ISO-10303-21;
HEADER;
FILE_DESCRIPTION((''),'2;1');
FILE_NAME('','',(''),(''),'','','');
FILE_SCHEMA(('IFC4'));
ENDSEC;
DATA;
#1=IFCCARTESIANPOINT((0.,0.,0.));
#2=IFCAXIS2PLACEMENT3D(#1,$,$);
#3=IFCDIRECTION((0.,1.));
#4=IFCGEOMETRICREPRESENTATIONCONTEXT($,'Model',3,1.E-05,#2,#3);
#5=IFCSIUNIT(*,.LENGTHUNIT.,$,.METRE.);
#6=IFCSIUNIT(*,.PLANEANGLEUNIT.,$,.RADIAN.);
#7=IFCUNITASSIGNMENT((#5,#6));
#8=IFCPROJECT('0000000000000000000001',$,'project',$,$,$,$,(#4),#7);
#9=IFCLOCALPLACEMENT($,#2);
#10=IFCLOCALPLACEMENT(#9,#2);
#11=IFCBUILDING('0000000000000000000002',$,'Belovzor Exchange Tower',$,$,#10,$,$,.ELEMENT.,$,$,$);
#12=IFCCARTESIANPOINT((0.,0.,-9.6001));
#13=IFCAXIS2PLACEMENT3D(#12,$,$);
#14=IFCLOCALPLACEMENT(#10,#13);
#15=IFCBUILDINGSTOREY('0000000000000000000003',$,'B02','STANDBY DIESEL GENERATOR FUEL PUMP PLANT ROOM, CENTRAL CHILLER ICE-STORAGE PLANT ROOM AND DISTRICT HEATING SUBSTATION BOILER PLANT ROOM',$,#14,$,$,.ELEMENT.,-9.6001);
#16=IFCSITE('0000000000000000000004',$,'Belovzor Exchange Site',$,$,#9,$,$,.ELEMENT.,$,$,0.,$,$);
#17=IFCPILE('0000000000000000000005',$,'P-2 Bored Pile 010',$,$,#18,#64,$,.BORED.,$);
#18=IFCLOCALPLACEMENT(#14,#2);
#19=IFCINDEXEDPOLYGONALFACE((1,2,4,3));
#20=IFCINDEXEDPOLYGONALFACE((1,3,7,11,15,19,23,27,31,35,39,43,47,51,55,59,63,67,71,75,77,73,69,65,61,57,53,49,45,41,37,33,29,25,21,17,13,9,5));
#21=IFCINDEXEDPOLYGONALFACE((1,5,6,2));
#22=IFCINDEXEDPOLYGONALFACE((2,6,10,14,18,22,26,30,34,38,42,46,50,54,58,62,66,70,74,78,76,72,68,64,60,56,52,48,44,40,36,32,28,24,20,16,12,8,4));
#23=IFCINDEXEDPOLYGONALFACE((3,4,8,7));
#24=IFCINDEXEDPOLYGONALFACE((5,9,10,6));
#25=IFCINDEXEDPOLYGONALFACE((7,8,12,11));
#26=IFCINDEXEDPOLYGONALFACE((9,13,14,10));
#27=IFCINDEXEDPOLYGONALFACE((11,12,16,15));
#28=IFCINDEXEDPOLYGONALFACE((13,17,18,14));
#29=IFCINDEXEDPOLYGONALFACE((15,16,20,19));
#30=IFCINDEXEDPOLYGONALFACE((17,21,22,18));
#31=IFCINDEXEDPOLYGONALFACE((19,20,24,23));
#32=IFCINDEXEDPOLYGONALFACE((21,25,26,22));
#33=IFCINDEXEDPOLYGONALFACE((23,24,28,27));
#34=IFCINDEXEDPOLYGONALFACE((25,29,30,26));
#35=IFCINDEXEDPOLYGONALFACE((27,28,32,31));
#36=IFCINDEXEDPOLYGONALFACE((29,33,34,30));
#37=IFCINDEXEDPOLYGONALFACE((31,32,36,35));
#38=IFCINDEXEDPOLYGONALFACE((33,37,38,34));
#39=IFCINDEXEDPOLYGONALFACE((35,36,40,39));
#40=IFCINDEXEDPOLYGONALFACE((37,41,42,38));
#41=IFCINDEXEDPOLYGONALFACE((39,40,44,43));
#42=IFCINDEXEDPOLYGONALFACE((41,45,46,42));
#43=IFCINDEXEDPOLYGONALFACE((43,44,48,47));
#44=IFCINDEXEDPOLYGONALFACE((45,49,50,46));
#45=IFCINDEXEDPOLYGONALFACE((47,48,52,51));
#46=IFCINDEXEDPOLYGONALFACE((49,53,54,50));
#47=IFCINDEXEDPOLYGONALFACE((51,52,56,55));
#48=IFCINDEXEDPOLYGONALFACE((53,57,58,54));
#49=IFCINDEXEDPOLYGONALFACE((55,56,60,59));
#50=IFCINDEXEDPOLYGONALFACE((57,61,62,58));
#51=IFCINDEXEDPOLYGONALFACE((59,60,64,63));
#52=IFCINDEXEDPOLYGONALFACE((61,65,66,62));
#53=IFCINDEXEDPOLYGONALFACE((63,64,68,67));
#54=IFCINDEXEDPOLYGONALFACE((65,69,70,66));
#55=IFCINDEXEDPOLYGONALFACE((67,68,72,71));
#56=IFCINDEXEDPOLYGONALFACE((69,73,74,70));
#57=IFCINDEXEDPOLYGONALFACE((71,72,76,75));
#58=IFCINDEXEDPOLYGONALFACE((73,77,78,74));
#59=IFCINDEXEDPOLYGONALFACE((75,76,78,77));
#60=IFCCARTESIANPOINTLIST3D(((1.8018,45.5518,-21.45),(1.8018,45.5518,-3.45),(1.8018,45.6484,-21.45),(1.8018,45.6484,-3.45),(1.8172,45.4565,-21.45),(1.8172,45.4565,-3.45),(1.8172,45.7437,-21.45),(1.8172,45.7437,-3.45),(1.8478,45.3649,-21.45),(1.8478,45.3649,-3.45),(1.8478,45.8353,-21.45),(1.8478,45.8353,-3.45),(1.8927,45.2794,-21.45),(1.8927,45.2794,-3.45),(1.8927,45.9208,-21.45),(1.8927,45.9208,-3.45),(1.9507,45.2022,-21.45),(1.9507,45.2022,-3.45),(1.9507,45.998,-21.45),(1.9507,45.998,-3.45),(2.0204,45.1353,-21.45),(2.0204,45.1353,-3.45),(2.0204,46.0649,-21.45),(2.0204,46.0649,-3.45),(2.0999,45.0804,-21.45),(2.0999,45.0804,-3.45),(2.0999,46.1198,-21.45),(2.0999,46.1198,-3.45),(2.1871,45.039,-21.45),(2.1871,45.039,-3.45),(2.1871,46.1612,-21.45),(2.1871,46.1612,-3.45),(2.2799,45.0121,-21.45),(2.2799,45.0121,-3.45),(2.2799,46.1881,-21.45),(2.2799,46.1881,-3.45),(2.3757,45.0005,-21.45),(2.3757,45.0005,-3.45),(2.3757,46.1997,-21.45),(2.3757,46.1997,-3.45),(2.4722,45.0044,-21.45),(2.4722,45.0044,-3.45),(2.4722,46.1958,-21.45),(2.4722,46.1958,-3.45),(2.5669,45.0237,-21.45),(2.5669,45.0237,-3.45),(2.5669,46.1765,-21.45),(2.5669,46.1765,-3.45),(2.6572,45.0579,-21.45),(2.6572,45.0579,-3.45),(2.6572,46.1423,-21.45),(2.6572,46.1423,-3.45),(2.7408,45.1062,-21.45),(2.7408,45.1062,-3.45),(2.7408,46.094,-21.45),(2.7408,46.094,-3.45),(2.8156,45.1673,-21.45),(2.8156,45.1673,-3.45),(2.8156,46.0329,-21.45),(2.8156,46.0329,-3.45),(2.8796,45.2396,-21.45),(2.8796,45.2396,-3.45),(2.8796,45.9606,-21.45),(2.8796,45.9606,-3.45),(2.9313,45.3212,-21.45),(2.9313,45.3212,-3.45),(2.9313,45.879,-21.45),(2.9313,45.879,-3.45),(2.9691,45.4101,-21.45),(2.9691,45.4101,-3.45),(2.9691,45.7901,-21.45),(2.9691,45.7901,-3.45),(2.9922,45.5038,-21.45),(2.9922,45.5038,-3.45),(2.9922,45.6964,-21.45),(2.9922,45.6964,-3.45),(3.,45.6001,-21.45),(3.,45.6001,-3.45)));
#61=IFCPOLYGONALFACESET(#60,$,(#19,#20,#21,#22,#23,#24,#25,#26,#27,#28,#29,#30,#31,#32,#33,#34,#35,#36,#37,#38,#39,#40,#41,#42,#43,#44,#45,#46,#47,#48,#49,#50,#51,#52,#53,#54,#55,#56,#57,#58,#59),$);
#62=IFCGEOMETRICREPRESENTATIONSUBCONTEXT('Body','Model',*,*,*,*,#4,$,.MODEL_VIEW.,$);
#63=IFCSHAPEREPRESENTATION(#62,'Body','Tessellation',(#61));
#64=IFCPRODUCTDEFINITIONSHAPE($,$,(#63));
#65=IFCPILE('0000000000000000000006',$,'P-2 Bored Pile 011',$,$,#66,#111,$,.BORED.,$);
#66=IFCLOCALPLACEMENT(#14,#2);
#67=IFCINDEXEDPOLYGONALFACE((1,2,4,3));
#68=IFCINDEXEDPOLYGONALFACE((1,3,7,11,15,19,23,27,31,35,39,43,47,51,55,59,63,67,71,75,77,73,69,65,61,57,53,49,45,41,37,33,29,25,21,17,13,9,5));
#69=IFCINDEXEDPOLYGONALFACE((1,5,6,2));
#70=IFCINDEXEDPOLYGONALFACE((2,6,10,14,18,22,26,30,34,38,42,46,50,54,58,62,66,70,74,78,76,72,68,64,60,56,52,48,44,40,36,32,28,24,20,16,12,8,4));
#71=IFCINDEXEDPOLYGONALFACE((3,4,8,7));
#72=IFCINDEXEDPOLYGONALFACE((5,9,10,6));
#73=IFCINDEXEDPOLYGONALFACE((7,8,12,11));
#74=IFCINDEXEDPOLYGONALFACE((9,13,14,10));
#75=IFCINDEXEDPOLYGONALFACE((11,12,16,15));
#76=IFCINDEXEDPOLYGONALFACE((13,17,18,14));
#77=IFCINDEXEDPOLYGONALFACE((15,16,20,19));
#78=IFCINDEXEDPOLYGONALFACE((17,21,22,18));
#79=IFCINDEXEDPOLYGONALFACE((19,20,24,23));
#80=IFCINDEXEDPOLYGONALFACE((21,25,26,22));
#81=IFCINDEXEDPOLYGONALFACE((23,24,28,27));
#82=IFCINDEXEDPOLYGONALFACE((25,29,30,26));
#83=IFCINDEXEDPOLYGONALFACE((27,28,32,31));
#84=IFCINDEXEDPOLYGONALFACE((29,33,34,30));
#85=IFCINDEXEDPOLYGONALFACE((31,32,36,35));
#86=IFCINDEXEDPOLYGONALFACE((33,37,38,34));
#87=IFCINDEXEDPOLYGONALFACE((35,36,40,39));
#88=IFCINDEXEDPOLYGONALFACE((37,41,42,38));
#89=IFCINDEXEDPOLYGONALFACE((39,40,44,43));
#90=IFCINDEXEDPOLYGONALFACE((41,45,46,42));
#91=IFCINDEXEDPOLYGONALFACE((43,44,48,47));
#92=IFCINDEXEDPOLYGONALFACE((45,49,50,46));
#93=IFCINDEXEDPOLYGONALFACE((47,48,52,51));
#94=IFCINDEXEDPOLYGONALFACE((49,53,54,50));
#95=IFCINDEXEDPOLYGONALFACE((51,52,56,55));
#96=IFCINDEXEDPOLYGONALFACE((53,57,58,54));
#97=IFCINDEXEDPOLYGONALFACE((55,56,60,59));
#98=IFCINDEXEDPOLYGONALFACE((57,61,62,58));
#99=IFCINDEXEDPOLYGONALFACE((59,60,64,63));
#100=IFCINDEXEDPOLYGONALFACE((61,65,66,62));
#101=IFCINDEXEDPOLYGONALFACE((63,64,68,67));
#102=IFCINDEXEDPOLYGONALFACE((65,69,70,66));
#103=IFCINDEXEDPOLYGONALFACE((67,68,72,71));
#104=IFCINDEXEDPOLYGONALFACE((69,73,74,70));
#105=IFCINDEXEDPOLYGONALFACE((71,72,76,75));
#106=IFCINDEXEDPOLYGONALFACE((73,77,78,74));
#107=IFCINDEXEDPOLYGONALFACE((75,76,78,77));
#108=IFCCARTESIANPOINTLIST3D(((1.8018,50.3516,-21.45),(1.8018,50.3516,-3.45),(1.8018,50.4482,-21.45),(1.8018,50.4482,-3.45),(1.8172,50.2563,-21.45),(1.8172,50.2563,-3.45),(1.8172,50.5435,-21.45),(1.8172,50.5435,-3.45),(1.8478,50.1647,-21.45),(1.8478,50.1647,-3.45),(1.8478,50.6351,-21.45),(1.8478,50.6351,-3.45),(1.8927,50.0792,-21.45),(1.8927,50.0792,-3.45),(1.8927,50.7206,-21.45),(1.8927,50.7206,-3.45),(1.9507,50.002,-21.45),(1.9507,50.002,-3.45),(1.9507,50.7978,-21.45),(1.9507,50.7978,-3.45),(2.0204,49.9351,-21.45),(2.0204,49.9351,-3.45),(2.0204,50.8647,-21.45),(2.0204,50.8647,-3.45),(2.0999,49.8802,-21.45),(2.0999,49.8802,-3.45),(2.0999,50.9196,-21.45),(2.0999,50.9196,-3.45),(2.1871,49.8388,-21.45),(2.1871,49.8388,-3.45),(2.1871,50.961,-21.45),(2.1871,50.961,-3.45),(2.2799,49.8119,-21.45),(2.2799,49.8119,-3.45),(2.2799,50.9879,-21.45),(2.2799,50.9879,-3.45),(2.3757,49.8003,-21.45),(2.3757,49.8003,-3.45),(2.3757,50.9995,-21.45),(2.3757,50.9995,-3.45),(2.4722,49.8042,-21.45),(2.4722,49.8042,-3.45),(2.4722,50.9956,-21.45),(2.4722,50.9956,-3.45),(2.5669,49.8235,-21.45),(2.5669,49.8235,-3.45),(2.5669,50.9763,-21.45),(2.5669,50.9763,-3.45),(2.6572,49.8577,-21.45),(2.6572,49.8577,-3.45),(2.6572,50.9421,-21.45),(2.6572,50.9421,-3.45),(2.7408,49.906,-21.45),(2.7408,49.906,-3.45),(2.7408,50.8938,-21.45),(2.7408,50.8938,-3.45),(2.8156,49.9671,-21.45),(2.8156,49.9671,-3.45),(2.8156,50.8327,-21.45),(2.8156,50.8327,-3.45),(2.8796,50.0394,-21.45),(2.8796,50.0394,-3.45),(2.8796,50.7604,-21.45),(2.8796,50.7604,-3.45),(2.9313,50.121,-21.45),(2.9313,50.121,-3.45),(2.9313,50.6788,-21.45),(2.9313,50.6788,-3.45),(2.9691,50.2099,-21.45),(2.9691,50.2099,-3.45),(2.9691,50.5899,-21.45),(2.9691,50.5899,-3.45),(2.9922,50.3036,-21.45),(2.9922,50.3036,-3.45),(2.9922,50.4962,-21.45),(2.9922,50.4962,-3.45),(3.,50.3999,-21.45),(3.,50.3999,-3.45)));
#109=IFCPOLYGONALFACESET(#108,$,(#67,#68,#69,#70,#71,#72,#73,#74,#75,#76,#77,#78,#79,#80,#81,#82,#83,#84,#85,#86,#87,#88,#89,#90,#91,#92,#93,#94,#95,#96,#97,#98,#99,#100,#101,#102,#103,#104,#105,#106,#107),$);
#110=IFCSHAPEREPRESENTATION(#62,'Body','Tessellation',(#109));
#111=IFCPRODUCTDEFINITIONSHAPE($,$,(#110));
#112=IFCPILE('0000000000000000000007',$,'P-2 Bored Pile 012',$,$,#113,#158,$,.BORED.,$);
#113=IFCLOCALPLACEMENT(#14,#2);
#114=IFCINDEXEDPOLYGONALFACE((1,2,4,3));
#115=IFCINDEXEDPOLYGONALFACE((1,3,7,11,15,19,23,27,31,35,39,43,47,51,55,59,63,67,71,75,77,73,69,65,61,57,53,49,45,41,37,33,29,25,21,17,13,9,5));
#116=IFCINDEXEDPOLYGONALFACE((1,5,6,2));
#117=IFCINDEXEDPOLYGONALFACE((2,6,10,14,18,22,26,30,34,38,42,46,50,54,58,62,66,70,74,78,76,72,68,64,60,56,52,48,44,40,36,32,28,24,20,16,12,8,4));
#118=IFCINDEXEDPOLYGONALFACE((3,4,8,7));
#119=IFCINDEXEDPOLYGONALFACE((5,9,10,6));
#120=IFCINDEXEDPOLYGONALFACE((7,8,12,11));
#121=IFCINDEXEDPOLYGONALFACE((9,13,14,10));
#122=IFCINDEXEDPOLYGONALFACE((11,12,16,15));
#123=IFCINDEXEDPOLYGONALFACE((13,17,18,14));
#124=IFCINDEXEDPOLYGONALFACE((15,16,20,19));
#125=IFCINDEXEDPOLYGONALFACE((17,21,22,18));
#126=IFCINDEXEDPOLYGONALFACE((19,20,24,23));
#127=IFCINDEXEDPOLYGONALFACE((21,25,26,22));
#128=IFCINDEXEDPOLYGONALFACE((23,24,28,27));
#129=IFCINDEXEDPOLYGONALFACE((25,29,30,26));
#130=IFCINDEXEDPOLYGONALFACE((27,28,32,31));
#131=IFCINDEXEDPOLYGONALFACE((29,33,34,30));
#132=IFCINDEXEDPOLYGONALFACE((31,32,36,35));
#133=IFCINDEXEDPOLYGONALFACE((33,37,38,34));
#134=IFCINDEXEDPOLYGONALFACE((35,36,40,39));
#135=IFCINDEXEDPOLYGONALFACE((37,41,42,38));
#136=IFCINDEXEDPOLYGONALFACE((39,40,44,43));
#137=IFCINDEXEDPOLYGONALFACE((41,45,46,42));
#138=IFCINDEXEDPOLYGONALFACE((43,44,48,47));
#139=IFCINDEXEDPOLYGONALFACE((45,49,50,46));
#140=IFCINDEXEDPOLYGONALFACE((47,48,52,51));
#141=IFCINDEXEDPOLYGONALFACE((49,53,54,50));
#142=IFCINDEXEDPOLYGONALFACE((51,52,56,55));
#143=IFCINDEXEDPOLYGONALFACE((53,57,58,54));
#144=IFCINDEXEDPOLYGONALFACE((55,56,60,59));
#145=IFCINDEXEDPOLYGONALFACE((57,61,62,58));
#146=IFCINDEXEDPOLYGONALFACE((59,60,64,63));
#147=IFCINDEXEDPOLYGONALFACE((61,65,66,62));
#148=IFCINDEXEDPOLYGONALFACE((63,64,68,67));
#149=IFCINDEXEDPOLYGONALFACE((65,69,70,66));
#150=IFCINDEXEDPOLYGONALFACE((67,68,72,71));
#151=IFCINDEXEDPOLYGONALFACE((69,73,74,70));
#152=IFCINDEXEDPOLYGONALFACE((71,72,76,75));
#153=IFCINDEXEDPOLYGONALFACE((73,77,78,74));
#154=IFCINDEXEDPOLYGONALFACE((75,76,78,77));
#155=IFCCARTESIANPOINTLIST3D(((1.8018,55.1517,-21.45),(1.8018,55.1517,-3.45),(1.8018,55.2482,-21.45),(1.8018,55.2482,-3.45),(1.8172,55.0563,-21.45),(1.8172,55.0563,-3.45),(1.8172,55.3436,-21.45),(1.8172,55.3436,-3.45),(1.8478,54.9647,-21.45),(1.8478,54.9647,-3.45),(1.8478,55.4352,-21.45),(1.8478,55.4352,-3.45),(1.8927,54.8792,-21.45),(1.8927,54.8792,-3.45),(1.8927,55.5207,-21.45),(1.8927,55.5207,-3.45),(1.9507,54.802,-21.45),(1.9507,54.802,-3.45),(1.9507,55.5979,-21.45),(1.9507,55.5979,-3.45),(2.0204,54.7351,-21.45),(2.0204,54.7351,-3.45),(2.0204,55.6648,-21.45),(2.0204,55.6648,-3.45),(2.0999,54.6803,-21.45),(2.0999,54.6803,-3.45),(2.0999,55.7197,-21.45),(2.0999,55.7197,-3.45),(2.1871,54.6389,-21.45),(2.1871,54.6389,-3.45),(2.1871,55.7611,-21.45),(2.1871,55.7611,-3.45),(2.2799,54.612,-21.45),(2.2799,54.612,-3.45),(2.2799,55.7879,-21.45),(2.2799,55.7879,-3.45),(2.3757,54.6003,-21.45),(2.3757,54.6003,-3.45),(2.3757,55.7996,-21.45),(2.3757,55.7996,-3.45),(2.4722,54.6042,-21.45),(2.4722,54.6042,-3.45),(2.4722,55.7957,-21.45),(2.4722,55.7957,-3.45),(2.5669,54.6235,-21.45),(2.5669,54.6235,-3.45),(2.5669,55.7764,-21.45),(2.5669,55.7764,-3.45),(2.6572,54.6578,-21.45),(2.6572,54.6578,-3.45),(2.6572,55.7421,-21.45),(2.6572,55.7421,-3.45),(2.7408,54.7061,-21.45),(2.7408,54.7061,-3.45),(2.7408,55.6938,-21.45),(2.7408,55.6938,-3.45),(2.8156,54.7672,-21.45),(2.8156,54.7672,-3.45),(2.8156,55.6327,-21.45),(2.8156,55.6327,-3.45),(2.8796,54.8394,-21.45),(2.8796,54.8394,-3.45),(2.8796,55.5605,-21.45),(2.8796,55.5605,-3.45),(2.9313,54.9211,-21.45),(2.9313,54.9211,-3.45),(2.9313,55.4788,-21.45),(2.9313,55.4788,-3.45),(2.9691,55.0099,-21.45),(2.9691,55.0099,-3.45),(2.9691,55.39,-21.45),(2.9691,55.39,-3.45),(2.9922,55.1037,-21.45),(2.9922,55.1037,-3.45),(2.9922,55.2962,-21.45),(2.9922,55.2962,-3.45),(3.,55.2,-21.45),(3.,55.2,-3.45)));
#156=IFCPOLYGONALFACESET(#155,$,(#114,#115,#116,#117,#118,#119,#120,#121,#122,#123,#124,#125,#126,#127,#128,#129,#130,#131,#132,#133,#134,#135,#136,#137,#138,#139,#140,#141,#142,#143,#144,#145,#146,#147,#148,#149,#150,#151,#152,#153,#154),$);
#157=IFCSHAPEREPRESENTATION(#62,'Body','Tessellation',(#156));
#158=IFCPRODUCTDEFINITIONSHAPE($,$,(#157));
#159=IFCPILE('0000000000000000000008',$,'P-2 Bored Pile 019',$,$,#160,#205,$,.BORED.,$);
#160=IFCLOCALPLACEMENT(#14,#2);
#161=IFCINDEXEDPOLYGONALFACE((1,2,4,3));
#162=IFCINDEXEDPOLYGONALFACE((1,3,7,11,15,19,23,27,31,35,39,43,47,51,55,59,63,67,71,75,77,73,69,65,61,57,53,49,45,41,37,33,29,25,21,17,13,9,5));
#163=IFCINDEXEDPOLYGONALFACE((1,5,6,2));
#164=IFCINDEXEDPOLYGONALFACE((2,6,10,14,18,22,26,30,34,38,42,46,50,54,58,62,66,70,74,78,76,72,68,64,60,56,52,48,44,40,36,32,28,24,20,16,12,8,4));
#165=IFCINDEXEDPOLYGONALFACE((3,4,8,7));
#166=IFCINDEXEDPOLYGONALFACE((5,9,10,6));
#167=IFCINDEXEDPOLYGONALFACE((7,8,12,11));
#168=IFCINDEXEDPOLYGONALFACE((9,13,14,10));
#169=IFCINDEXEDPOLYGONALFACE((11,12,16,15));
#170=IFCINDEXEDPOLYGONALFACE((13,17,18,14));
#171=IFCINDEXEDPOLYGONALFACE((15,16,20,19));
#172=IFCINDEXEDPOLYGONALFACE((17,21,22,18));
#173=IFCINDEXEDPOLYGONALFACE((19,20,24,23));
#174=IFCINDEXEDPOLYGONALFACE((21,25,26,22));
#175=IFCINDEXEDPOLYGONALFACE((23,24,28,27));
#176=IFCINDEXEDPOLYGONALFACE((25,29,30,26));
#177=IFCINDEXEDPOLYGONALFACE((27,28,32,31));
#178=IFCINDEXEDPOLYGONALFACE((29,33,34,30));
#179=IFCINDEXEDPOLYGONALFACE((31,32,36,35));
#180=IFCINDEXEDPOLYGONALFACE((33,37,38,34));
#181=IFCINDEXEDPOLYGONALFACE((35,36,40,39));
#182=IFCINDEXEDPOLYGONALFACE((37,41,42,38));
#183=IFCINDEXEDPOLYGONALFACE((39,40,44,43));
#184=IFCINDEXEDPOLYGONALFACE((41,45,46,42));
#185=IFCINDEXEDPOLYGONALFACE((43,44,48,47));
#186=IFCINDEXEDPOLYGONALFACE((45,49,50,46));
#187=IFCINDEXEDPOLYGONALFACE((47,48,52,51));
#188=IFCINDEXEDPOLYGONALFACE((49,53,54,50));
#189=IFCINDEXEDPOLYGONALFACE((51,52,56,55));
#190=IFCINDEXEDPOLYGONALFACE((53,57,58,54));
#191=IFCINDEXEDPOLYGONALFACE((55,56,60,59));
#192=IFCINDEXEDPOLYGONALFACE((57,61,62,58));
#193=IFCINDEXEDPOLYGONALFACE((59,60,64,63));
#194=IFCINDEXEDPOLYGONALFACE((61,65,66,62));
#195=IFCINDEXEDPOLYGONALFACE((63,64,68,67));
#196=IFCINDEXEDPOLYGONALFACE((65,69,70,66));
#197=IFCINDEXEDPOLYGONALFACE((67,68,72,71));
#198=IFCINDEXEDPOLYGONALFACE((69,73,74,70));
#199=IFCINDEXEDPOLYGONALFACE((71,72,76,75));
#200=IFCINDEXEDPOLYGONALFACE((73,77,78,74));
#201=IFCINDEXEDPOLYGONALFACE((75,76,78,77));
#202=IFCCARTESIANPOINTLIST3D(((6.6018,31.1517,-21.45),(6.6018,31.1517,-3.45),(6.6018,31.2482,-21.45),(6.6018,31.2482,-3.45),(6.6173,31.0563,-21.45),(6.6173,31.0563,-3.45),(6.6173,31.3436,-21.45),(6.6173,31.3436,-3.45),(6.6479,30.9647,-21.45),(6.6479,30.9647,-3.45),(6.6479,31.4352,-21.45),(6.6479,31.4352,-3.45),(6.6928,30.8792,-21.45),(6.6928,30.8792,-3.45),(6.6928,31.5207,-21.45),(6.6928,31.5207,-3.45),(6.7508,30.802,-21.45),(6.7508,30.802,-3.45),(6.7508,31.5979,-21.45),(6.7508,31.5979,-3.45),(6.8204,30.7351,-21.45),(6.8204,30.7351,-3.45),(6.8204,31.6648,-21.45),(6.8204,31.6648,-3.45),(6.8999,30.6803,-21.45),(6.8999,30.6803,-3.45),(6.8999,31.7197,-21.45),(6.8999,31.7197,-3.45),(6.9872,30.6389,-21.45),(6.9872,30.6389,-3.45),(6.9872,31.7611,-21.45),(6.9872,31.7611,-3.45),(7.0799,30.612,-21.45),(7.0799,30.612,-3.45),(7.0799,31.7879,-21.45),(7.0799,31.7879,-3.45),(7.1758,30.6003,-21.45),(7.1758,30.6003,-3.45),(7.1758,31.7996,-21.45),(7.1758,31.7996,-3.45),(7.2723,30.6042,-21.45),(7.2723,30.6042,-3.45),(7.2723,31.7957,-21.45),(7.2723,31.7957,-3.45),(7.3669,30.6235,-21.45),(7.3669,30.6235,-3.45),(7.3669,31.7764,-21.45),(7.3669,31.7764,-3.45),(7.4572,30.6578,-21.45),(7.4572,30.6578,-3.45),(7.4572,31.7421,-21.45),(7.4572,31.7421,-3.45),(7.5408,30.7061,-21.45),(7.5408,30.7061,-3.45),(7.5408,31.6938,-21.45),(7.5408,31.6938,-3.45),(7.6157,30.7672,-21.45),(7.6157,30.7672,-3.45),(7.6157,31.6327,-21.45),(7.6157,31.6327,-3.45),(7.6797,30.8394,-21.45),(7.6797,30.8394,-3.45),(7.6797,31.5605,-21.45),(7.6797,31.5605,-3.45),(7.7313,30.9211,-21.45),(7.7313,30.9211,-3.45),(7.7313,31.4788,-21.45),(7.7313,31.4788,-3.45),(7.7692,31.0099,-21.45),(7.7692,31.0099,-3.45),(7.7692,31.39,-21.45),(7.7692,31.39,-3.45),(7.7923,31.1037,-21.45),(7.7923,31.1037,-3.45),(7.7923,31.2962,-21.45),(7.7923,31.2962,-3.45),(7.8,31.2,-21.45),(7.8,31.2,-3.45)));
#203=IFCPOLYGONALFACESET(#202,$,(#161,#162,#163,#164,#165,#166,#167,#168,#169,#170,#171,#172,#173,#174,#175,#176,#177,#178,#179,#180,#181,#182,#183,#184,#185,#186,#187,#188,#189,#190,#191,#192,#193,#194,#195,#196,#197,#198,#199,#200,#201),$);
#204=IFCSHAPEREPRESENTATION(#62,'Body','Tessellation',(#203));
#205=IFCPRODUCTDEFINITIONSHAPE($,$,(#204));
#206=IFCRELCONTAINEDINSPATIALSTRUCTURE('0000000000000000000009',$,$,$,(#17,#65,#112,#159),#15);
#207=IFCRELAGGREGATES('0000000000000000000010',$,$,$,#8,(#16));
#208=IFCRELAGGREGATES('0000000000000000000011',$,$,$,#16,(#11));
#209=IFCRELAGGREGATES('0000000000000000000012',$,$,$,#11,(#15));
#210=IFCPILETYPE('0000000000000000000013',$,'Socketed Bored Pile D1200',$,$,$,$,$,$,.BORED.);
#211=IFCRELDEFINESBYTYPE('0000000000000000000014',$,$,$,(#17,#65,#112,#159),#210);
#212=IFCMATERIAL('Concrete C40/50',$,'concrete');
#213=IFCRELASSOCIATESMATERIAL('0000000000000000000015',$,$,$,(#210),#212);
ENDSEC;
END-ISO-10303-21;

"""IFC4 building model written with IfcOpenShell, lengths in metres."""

from ifc_helpers import new_model, si_unit, direction, frame, origin, origin_2d, place, context, subcontext, project, spatial, circle, extrude, material, material_profile, profile_set, type_object, element, save


model = new_model("IFC4")

# Units and contexts
model_context = context("Model", 3, precision=1e-05, world=origin(), true_north=direction((0.0, 1.0)))
body_context = subcontext(model_context, "Body", "Model", "MODEL_VIEW")
ifc_project = project(units=[si_unit("LENGTHUNIT", "METRE"), si_unit("PLANEANGLEUNIT", "RADIAN")], contexts=[model_context])

# Site, building, storey
site_placement = place(None, origin())
site = spatial("IfcSite", under=ifc_project, at=site_placement, Name="Belovzor Exchange Site", CompositionType="ELEMENT", RefElevation=0.0)
building_placement = place(site_placement, origin())
building = spatial("IfcBuilding", under=site, at=building_placement, Name="Belovzor Exchange Tower", CompositionType="ELEMENT")
storey_placement = place(building_placement, frame((0.0, 0.0, -9.6001)))
storey = spatial("IfcBuildingStorey", under=building, at=storey_placement, Name="B02", Description="STANDBY DIESEL GENERATOR FUEL PUMP PLANT ROOM, CENTRAL CHILLER ICE-STORAGE PLANT ROOM AND DISTRICT HEATING SUBSTATION BOILER PLANT ROOM", CompositionType="ELEMENT", Elevation=-9.6001)

# Piles
ifc_material_1 = material(Name="Concrete C40/50", Category="concrete")
ifc_material_profile_1 = material_profile(ifc_material_1, circle(Radius=0.6001, at=origin_2d()))
ifc_profile_set_1 = profile_set([ifc_material_profile_1], Name="Concrete C40/50")
pile_type_1 = type_object("IfcPileType", Name="Socketed Bored Pile D1200", PredefinedType="BORED", material=ifc_profile_set_1)
for number, where, z_axis, x_axis, name in (
    (1, (2.3999, 45.6001, -3.45), (0.0, 0.0, -1.0), (1.0, 0.0, 0.0), "P-2 Bored Pile 010"),
    (2, (2.3999, 50.3999, -3.45), (0.0, 0.0, -1.0), (1.0, 0.0, 0.0), "P-2 Bored Pile 011"),
    (3, (2.3999, 55.2, -3.45), (0.0, 0.0, -1.0), (1.0, 0.0, 0.0), "P-2 Bored Pile 012"),
    (4, (7.2, 31.2, -3.45), (0.0, 0.0, -1.0), (1.0, 0.0, 0.0), "P-2 Bored Pile 019"),
):
    element("IfcPile", number, at=place(storey_placement, frame(where, z_axis=z_axis, x_axis=x_axis)), inside=storey, type_object=pile_type_1, Name=name, PredefinedType="BORED", context=body_context, shape_type="SweptSolid", body=[
        extrude(circle(Radius=0.6001, at=origin_2d()), origin(), (0.0, 0.0, 1.0), 18.0),
    ])

save(model, "model.ifc")
